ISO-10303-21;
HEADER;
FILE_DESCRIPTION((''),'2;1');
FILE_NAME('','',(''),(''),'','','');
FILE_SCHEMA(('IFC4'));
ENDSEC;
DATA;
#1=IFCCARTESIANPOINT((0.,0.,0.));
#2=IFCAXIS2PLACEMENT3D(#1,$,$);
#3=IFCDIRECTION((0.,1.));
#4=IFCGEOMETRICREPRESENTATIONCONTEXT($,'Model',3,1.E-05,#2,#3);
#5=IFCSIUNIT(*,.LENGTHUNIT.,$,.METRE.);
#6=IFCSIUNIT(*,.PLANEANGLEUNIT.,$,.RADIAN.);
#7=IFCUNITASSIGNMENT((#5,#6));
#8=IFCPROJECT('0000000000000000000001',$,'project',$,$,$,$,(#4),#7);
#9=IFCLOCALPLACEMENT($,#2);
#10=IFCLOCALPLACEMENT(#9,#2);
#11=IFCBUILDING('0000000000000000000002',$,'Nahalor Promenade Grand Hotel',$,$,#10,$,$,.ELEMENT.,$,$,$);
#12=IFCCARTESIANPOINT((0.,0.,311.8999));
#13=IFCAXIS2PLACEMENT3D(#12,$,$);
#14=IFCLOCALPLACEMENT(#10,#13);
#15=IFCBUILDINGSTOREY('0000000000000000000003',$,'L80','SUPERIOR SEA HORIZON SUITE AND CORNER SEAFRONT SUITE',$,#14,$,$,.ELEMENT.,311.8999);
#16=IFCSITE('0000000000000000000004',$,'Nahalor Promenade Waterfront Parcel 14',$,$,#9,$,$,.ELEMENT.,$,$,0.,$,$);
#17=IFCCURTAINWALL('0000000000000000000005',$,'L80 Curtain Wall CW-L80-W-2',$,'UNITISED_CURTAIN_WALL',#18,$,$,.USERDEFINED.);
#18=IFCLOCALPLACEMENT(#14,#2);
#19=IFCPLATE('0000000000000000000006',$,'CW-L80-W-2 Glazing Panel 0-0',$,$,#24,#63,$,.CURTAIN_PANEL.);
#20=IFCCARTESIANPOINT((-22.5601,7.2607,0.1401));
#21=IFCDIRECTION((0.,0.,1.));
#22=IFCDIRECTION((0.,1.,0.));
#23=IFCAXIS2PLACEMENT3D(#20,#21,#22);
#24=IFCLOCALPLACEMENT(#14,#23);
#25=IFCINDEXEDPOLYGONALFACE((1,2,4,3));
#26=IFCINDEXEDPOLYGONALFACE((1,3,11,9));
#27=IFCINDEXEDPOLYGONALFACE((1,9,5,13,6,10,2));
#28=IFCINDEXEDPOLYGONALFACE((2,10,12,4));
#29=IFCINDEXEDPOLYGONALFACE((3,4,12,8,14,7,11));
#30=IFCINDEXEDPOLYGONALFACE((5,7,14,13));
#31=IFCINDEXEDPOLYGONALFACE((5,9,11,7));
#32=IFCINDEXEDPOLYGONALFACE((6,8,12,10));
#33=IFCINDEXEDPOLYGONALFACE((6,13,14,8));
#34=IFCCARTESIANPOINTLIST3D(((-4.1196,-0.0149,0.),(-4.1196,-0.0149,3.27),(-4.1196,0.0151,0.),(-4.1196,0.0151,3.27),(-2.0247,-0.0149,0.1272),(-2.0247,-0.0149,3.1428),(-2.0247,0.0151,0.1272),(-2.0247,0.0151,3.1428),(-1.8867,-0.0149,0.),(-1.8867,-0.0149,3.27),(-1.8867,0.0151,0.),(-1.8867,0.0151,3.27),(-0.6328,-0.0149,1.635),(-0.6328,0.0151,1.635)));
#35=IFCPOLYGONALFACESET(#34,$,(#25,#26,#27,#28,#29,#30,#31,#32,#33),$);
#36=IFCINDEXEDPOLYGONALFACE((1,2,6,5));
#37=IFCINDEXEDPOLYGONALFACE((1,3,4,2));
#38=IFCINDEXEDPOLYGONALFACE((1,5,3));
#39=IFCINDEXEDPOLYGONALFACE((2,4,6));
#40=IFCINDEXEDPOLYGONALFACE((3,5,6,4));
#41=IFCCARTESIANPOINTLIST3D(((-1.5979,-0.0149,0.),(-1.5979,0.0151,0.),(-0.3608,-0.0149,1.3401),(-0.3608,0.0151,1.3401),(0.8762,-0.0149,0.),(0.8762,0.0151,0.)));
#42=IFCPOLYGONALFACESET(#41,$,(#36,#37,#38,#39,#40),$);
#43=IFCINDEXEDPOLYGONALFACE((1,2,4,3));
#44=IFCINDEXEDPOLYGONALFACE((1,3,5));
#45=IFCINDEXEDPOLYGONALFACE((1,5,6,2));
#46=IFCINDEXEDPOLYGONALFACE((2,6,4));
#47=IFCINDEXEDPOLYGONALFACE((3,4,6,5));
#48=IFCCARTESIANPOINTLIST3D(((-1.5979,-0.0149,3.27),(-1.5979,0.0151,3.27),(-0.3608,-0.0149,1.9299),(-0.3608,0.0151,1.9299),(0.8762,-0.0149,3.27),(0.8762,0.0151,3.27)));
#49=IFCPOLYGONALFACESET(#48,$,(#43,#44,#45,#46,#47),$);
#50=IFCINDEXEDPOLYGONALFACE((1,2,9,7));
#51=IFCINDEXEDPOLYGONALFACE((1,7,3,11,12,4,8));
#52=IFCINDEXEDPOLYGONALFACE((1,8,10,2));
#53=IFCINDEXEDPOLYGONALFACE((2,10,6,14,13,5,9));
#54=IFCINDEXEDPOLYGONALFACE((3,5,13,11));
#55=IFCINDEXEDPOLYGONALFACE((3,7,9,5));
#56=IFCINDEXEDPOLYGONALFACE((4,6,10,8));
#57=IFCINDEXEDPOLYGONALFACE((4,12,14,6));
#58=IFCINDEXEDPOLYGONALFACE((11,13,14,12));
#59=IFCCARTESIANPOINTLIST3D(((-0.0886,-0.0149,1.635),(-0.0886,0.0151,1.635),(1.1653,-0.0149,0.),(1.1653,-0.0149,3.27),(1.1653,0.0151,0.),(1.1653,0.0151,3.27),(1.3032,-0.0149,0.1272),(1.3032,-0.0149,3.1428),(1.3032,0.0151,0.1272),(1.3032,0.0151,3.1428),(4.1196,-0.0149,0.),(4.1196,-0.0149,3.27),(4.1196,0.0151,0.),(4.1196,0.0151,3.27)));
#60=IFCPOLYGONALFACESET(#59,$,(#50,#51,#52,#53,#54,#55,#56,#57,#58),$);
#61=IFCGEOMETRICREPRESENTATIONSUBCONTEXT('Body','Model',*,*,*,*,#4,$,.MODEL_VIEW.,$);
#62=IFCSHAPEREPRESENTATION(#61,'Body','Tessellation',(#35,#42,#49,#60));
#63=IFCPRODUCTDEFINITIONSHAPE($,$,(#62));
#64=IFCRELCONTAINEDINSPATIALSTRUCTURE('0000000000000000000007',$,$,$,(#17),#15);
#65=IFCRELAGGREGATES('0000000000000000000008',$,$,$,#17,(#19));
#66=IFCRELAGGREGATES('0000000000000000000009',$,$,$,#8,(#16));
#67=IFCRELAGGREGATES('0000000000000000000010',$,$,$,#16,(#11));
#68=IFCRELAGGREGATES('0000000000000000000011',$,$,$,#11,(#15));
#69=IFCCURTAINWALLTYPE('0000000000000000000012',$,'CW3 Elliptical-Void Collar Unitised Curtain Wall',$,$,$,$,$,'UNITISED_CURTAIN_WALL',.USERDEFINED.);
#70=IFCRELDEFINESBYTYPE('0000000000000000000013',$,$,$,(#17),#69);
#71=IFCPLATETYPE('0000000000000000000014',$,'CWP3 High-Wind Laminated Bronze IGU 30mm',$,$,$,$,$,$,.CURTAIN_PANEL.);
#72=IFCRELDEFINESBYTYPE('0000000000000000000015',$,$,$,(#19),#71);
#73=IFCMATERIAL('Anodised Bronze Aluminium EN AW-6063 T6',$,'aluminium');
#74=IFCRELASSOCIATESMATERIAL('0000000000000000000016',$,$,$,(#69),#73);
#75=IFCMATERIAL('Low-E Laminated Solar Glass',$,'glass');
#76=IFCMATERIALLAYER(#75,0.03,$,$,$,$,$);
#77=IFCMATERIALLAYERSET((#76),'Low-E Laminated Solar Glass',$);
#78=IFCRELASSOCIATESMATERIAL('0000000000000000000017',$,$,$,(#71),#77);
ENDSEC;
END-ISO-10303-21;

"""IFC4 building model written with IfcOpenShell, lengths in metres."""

from ifc_helpers import new_model, si_unit, direction, frame, origin, place, context, subcontext, project, spatial, polyline, outline, extrude, material, layer, layer_set, type_object, element, aggregate, save


model = new_model("IFC4")

# Units and contexts
model_context = context("Model", 3, precision=1e-05, world=origin(), true_north=direction((0.0, 1.0)))
body_context = subcontext(model_context, "Body", "Model", "MODEL_VIEW")
ifc_project = project(units=[si_unit("LENGTHUNIT", "METRE"), si_unit("PLANEANGLEUNIT", "RADIAN")], contexts=[model_context])

# Site, building, storey
site_placement = place(None, origin())
site = spatial("IfcSite", under=ifc_project, at=site_placement, Name="Nahalor Promenade Waterfront Parcel 14", CompositionType="ELEMENT", RefElevation=0.0)
building_placement = place(site_placement, origin())
building = spatial("IfcBuilding", under=site, at=building_placement, Name="Nahalor Promenade Grand Hotel", CompositionType="ELEMENT")
storey_placement = place(building_placement, frame((0.0, 0.0, 311.8999)))
storey = spatial("IfcBuildingStorey", under=building, at=storey_placement, Name="L80", Description="SUPERIOR SEA HORIZON SUITE AND CORNER SEAFRONT SUITE", CompositionType="ELEMENT", Elevation=311.8999)

# Shared definitions
ifc_material_1 = material(Name="Anodised Bronze Aluminium EN AW-6063 T6", Category="aluminium")
curtain_wall_type = type_object("IfcCurtainWallType", Name="CW3 Elliptical-Void Collar Unitised Curtain Wall", ElementType="UNITISED_CURTAIN_WALL", PredefinedType="USERDEFINED", material=ifc_material_1)

# Curtain wall
curtain_wall_1_placement = place(storey_placement, origin())
curtain_wall_1 = element("IfcCurtainWall", 1, at=curtain_wall_1_placement, inside=storey, type_object=curtain_wall_type, Name="L80 Curtain Wall CW-L80-W-2", ObjectType="UNITISED_CURTAIN_WALL", PredefinedType="USERDEFINED")

# Plate
ifc_material_2 = material(Name="Low-E Laminated Solar Glass", Category="glass")
ifc_layer_1 = layer(ifc_material_2, 0.03)
ifc_layer_set_1 = layer_set([ifc_layer_1], Name="Low-E Laminated Solar Glass")
plate_type_1 = type_object("IfcPlateType", Name="CWP3 High-Wind Laminated Bronze IGU 30mm", PredefinedType="CURTAIN_PANEL", material=ifc_layer_set_1)
plate_1_placement = place(storey_placement, frame((-22.5601, 7.2607, 0.1401), z_axis=(0.0, 0.0, 1.0), x_axis=(0.0, 1.0, 0.0)))
plate_1 = element("IfcPlate", 2, at=plate_1_placement, type_object=plate_type_1, Name="CW-L80-W-2 Glazing Panel 0-0", PredefinedType="CURTAIN_PANEL", context=body_context, shape_type="SweptSolid", body=[
    extrude(outline(polyline([(-4.1196, 3.27), (-4.1196, 0.0), (-1.8867, 0.0), (-2.0247, 0.1272), (-0.6328, 1.635), (-2.0247, 3.1428), (-1.8867, 3.27), (-4.1196, 3.27)])), frame((0.0, 0.0151, 0.0), z_axis=(0.0, -1.0, 0.0), x_axis=(1.0, 0.0, 0.0)), (0.0, 0.0, 1.0), 0.03),
    extrude(outline(polyline([(-0.3608, 1.3401), (-1.5979, 0.0), (0.8762, 0.0), (-0.3608, 1.3401)])), frame((0.0, 0.0151, 0.0), z_axis=(0.0, -1.0, 0.0), x_axis=(1.0, 0.0, 0.0)), (0.0, 0.0, 1.0), 0.03),
    extrude(outline(polyline([(-0.3608, 1.9299), (0.8762, 3.27), (-1.5979, 3.27), (-0.3608, 1.9299)])), frame((0.0, 0.0151, 0.0), z_axis=(0.0, -1.0, 0.0), x_axis=(1.0, 0.0, 0.0)), (0.0, 0.0, 1.0), 0.03),
    extrude(outline(polyline([(4.1196, 0.0), (4.1196, 3.27), (1.1653, 3.27), (1.3032, 3.1428), (-0.0886, 1.635), (1.3032, 0.1272), (1.1653, 0.0), (4.1196, 0.0)])), frame((0.0, 0.0151, 0.0), z_axis=(0.0, -1.0, 0.0), x_axis=(1.0, 0.0, 0.0)), (0.0, 0.0, 1.0), 0.03),
])
aggregate(curtain_wall_1, [plate_1])

save(model, "model.ifc")
